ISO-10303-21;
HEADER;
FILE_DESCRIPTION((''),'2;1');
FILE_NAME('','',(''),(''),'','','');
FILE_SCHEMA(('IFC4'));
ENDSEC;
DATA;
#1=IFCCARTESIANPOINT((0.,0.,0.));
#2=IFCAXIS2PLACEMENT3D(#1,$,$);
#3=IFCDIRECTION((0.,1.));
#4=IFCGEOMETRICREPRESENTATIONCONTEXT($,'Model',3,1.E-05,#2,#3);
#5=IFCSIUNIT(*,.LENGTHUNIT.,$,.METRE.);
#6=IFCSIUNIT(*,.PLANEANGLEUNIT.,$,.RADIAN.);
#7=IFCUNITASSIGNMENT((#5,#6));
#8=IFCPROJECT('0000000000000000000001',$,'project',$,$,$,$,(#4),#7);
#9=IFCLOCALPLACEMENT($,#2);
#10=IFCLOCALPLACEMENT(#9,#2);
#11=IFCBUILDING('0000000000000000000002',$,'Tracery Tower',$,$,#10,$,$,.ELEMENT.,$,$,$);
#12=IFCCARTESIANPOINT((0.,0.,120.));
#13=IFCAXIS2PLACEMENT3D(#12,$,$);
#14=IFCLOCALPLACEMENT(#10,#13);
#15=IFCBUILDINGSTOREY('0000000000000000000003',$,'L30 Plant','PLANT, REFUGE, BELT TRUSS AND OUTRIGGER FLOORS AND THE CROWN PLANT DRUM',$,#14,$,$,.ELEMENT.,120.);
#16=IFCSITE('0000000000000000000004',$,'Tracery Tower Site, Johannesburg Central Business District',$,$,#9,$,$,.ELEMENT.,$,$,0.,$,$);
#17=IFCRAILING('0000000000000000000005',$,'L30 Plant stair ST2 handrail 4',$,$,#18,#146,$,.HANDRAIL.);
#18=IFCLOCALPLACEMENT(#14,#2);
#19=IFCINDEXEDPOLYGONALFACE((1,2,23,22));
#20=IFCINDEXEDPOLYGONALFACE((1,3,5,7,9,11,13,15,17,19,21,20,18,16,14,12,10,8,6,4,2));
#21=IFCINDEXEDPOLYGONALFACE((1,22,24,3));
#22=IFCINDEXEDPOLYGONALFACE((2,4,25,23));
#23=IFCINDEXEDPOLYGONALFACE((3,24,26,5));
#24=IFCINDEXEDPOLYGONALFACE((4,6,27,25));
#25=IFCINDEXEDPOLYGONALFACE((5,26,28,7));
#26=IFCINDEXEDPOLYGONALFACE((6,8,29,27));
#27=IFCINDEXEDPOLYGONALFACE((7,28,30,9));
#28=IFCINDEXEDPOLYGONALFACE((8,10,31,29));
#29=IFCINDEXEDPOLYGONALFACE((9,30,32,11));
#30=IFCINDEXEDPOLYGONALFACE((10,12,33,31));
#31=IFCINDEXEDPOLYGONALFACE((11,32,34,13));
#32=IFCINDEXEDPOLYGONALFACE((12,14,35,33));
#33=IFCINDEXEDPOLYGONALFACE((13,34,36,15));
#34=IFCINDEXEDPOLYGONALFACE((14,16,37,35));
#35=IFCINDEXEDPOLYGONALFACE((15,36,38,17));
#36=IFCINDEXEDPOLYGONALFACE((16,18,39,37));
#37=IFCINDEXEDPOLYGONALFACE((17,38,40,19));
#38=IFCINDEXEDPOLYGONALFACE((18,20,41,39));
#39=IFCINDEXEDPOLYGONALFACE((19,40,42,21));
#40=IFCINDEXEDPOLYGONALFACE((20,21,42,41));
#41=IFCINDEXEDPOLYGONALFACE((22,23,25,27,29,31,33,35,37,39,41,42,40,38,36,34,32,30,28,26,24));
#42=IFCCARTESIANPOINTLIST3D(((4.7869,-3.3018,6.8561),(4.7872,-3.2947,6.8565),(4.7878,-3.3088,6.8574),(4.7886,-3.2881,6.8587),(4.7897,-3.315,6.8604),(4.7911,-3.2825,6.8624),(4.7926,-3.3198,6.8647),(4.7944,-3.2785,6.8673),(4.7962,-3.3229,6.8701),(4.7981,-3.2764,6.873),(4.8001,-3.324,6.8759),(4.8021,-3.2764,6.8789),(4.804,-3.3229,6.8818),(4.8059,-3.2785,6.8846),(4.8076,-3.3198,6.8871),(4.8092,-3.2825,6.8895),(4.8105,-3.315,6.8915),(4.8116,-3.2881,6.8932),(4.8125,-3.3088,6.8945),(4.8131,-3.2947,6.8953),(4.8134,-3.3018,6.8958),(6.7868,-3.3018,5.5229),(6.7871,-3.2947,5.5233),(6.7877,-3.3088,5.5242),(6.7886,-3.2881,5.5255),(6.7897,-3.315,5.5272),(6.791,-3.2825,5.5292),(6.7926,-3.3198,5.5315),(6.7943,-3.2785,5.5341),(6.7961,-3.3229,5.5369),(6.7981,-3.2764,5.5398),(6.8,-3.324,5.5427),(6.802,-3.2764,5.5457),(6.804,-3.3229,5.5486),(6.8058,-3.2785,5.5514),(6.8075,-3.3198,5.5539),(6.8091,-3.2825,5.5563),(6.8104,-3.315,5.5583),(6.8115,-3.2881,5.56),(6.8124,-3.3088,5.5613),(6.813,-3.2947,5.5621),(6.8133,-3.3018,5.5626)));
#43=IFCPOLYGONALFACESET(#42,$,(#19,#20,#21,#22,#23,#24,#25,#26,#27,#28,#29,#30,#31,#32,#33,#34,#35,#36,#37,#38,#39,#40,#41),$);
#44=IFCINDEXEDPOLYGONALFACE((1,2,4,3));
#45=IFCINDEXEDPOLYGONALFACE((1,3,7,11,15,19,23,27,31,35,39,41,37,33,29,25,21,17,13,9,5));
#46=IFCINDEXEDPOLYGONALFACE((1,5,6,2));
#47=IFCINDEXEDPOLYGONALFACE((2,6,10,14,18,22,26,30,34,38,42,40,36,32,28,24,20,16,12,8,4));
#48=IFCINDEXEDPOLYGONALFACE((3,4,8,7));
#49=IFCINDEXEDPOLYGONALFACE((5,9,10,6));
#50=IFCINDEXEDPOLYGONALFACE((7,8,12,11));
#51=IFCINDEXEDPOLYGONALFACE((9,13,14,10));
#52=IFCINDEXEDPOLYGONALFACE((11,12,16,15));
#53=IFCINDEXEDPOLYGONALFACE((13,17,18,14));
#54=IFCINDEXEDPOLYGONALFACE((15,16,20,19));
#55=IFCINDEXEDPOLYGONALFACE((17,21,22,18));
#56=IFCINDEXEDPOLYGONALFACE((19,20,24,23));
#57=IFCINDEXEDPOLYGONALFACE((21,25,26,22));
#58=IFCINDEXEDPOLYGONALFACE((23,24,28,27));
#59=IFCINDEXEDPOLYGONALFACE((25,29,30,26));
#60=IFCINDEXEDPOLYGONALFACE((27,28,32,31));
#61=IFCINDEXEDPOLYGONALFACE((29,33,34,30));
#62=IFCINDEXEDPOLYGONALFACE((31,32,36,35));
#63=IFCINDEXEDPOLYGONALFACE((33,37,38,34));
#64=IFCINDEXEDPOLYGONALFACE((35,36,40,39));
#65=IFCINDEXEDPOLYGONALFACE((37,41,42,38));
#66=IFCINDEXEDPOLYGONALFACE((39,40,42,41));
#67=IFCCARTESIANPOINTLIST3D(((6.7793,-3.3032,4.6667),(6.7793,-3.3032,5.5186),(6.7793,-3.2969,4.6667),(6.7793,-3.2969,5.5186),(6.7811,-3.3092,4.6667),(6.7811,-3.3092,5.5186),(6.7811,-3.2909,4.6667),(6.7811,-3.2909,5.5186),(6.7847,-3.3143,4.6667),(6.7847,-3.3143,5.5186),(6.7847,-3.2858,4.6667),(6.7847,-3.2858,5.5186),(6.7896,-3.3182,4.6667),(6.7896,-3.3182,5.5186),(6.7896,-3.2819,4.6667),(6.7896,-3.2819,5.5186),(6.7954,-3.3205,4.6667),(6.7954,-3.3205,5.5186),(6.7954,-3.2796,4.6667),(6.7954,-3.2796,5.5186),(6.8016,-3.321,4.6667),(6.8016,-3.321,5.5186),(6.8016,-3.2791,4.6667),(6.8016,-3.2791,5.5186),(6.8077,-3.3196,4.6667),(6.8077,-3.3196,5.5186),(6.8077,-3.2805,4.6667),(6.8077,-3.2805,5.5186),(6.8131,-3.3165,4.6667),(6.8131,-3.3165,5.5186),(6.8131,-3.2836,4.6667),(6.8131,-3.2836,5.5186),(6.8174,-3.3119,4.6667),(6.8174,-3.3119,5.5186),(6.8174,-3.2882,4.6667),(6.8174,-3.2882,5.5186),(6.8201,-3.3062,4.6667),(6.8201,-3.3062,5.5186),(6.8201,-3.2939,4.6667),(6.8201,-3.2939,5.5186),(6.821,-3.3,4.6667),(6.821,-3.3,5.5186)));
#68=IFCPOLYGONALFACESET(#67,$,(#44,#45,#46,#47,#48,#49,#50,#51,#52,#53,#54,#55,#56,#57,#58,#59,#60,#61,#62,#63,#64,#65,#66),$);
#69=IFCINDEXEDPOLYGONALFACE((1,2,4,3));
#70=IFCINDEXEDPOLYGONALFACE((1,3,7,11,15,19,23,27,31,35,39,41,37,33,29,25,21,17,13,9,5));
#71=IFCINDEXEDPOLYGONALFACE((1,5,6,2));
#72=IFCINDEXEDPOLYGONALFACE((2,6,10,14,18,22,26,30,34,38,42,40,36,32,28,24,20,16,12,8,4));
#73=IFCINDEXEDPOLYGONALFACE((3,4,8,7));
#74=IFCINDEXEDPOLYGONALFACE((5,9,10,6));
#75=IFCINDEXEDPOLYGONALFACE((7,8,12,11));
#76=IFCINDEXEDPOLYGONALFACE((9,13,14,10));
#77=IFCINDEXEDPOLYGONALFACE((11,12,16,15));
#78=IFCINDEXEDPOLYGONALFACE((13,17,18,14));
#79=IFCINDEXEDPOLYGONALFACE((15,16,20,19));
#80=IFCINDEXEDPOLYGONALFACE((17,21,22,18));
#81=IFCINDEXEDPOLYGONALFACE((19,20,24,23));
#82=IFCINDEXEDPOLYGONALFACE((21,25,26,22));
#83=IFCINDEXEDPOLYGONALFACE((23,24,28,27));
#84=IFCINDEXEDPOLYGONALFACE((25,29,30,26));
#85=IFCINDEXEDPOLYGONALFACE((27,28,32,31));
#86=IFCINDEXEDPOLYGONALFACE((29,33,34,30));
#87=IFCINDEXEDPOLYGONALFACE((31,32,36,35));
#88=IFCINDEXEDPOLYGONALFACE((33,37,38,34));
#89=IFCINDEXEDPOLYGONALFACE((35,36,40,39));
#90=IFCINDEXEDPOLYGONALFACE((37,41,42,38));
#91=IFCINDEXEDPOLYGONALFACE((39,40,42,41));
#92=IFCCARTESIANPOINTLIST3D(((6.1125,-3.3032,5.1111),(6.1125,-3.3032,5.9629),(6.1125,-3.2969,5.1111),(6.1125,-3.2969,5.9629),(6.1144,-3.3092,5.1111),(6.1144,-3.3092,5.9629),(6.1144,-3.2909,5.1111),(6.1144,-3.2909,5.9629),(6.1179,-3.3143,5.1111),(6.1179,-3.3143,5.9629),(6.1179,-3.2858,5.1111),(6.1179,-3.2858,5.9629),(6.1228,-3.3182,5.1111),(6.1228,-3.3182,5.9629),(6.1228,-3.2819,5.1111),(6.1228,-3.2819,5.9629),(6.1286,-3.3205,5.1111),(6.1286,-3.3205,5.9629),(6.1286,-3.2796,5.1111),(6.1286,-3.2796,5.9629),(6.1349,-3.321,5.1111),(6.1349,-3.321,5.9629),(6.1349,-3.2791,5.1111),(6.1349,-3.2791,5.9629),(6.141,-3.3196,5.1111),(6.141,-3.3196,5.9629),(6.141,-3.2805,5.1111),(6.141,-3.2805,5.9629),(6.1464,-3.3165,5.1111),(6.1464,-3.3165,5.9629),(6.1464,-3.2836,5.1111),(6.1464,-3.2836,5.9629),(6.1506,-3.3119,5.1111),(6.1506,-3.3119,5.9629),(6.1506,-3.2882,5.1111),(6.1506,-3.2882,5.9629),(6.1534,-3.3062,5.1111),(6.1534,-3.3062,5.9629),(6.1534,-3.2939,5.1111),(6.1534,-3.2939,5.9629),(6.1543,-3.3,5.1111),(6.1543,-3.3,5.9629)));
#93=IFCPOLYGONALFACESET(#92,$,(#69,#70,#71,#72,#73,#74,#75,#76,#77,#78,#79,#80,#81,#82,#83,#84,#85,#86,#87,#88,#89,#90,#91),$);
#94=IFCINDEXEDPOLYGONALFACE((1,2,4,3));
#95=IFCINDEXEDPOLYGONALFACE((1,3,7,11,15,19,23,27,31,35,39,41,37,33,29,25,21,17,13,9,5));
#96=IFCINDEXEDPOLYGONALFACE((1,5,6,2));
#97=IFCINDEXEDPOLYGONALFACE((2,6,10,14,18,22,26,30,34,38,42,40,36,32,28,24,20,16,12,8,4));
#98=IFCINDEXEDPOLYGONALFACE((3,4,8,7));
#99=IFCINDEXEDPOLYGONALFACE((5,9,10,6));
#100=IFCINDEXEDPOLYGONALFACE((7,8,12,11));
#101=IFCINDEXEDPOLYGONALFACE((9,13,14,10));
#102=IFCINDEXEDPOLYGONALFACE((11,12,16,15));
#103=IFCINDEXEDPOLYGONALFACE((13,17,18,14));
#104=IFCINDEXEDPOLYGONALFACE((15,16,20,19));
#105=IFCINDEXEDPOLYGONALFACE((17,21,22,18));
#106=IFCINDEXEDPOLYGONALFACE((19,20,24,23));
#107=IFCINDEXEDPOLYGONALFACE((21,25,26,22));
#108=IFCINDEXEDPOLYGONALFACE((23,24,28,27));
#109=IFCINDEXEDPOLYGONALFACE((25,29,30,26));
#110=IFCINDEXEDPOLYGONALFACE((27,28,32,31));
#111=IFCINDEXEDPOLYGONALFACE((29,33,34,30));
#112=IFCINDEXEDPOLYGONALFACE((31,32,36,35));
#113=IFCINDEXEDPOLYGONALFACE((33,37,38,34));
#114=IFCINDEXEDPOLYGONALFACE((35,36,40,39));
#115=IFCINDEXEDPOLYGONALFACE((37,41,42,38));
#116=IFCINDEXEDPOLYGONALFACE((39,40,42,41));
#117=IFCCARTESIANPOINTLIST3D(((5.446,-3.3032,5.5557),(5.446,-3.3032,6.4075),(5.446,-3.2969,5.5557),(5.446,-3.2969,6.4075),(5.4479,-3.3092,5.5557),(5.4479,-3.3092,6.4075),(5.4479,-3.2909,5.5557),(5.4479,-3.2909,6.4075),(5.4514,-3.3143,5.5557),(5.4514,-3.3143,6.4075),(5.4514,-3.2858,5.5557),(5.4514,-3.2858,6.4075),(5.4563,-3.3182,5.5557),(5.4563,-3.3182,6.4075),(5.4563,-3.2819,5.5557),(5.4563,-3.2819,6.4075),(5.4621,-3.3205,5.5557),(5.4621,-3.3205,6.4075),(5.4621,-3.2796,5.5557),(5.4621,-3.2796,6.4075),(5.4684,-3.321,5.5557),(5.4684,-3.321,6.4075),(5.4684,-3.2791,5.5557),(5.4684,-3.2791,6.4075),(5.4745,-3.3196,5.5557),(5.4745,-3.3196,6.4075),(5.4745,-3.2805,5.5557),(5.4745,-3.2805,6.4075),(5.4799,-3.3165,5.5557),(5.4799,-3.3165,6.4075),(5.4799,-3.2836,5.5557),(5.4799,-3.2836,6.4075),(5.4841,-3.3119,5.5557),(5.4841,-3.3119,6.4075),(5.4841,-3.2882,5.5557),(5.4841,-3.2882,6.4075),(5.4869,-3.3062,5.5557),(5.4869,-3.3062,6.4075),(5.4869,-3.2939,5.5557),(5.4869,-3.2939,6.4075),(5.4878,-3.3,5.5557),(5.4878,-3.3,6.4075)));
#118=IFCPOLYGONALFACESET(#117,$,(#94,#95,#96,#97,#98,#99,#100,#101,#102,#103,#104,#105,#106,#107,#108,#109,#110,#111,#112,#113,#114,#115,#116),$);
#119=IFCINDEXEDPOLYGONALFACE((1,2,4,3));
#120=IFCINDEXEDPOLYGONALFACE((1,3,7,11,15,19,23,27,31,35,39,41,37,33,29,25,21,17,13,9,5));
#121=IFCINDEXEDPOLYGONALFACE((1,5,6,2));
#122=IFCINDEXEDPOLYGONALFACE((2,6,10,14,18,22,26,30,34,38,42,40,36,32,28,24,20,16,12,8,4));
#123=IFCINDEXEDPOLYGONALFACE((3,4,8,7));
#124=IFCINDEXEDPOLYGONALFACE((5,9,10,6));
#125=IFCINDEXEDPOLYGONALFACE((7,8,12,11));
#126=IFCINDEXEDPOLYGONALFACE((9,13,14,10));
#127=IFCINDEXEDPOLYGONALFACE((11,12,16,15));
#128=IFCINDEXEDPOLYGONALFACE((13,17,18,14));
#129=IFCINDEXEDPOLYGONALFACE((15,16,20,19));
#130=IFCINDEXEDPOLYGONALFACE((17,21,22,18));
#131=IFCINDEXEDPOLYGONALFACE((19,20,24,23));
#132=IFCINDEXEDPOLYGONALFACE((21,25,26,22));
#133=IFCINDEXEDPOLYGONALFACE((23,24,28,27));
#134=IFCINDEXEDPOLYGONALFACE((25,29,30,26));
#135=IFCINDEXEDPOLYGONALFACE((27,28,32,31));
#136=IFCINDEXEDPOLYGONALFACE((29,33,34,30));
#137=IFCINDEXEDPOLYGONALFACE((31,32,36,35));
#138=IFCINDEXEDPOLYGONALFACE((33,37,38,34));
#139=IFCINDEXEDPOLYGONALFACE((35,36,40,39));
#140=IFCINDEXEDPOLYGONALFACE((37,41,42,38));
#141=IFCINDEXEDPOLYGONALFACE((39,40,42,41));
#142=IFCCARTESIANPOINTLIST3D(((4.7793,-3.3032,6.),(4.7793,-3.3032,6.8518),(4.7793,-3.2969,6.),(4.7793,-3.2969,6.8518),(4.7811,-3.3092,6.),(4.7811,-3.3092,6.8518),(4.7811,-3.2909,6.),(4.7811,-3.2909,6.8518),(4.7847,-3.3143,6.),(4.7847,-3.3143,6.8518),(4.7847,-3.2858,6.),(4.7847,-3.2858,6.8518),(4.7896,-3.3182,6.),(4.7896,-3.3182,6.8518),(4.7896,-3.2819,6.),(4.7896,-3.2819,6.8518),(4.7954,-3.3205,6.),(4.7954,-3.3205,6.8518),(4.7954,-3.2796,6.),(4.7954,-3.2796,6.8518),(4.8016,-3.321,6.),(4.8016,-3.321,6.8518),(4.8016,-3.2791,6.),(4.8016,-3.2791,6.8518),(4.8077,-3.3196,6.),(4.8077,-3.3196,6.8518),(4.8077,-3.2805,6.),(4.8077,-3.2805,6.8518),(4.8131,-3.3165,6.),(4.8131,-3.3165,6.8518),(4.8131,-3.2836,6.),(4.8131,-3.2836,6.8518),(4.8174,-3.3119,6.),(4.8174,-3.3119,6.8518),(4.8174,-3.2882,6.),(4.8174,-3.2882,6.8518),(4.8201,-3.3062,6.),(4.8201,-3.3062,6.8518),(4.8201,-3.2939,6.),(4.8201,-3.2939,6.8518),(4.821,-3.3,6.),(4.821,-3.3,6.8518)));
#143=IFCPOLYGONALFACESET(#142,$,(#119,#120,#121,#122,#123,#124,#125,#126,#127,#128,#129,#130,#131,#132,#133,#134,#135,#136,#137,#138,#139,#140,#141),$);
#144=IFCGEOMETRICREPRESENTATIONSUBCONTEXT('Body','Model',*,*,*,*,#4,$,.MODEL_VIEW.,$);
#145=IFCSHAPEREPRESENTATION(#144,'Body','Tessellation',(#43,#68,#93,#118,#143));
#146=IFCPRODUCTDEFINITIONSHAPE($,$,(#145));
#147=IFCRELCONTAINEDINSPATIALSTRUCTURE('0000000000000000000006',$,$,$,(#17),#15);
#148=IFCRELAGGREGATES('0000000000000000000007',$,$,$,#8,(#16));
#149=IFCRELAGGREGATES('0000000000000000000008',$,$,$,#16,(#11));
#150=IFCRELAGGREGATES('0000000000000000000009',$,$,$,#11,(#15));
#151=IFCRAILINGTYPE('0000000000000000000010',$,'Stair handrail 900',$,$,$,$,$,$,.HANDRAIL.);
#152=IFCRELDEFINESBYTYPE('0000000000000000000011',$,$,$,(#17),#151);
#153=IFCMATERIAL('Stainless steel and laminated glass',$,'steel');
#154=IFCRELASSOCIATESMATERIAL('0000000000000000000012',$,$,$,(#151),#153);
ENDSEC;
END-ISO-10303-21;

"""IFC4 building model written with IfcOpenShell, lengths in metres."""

from ifc_helpers import new_model, si_unit, direction, frame, origin, origin_2d, place, context, subcontext, project, spatial, circle, extrude, material, type_object, element, save


model = new_model("IFC4")

# Units and contexts
model_context = context("Model", 3, precision=1e-05, world=origin(), true_north=direction((0.0, 1.0)))
body_context = subcontext(model_context, "Body", "Model", "MODEL_VIEW")
ifc_project = project(units=[si_unit("LENGTHUNIT", "METRE"), si_unit("PLANEANGLEUNIT", "RADIAN")], contexts=[model_context])

# Site, building, storey
site_placement = place(None, origin())
site = spatial("IfcSite", under=ifc_project, at=site_placement, Name="Tracery Tower Site, Johannesburg Central Business District", CompositionType="ELEMENT", RefElevation=0.0)
building_placement = place(site_placement, origin())
building = spatial("IfcBuilding", under=site, at=building_placement, Name="Tracery Tower", CompositionType="ELEMENT")
storey_placement = place(building_placement, frame((0.0, 0.0, 120.0)))
storey = spatial("IfcBuildingStorey", under=building, at=storey_placement, Name="L30 Plant", Description="PLANT, REFUGE, BELT TRUSS AND OUTRIGGER FLOORS AND THE CROWN PLANT DRUM", CompositionType="ELEMENT", Elevation=120.0)

# Railing
ifc_material_1 = material(Name="Stainless steel and laminated glass", Category="steel")
railing_type_1 = type_object("IfcRailingType", Name="Stair handrail 900", PredefinedType="HANDRAIL", material=ifc_material_1)
railing_1_placement = place(storey_placement, frame((6.8, -3.3, 4.6667)))
element("IfcRailing", 1, at=railing_1_placement, inside=storey, type_object=railing_type_1, Name="L30 Plant stair ST2 handrail 4", PredefinedType="HANDRAIL", context=body_context, shape_type="SweptSolid", body=[
    extrude(circle(Radius=0.0239, at=origin_2d()), frame((0.0, 0.0, 0.876), z_axis=(-0.832066, 0.0, 0.554677), x_axis=(0.0, -1.0, 0.0)), (0.0, 0.0, 1.0), 2.4036),
    extrude(circle(Radius=0.021, at=origin_2d()), origin(), (0.0, 0.0, 1.0), 0.8518),
    extrude(circle(Radius=0.021, at=origin_2d()), frame((-0.6667, 0.0, 0.4443)), (0.0, 0.0, 1.0), 0.8518),
    extrude(circle(Radius=0.021, at=origin_2d()), frame((-1.3333, 0.0, 0.8889)), (0.0, 0.0, 1.0), 0.8518),
    extrude(circle(Radius=0.021, at=origin_2d()), frame((-2.0, 0.0, 1.3333)), (0.0, 0.0, 1.0), 0.8518),
])

save(model, "model.ifc")
